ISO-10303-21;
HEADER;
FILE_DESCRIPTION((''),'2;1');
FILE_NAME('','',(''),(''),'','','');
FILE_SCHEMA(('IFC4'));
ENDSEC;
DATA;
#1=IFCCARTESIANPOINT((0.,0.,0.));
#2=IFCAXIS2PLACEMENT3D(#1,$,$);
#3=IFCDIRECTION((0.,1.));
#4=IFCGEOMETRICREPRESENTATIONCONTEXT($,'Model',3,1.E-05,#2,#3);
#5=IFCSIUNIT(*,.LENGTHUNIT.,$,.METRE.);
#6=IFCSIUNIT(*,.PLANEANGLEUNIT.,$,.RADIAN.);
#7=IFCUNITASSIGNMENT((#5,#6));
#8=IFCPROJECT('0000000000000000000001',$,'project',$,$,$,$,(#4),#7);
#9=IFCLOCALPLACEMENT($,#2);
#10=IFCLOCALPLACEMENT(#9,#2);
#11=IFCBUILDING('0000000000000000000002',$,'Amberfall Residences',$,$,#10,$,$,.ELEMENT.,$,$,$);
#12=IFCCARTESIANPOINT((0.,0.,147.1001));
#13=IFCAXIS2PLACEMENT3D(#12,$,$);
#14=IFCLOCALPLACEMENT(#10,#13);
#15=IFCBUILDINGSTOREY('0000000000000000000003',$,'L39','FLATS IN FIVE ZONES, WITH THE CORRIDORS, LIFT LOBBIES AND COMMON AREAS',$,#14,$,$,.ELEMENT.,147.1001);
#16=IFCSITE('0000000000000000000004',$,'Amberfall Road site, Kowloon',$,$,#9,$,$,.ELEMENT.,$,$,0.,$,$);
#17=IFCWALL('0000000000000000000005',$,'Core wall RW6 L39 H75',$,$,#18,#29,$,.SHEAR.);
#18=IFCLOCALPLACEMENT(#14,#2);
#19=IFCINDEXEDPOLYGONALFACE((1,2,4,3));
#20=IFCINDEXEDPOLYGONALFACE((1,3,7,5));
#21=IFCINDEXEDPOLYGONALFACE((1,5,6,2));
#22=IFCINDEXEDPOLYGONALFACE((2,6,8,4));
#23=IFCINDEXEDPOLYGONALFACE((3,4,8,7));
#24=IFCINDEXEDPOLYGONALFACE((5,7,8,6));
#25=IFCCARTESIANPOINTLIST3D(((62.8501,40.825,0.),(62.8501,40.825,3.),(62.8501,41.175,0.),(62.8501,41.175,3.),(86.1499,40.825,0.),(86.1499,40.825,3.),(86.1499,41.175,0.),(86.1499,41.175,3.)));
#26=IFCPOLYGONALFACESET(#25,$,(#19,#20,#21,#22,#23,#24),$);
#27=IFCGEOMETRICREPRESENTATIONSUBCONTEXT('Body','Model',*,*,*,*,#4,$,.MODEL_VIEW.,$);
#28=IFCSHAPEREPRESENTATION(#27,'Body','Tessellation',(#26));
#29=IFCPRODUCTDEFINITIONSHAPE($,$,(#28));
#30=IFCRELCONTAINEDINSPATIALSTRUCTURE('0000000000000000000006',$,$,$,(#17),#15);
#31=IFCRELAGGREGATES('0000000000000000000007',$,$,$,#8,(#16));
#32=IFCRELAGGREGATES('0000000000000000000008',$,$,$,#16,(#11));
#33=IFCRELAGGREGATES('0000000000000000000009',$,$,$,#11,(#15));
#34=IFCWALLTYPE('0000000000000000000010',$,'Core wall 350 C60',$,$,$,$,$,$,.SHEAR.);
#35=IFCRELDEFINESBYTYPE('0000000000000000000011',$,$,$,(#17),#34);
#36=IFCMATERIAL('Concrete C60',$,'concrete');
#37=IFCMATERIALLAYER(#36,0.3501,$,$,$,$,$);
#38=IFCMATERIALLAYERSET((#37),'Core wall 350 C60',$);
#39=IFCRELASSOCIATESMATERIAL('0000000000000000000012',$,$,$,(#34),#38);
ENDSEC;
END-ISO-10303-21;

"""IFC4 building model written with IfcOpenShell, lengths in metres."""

from ifc_helpers import new_model, si_unit, direction, frame, frame_2d, origin, place, context, subcontext, project, spatial, rectangle, extrude, material, layer, layer_set, type_object, element, save


model = new_model("IFC4")

# Units and contexts
model_context = context("Model", 3, precision=1e-05, world=origin(), true_north=direction((0.0, 1.0)))
body_context = subcontext(model_context, "Body", "Model", "MODEL_VIEW")
ifc_project = project(units=[si_unit("LENGTHUNIT", "METRE"), si_unit("PLANEANGLEUNIT", "RADIAN")], contexts=[model_context])

# Site, building, storey
site_placement = place(None, origin())
site = spatial("IfcSite", under=ifc_project, at=site_placement, Name="Amberfall Road site, Kowloon", CompositionType="ELEMENT", RefElevation=0.0)
building_placement = place(site_placement, origin())
building = spatial("IfcBuilding", under=site, at=building_placement, Name="Amberfall Residences", CompositionType="ELEMENT")
storey_placement = place(building_placement, frame((0.0, 0.0, 147.1001)))
storey = spatial("IfcBuildingStorey", under=building, at=storey_placement, Name="L39", Description="FLATS IN FIVE ZONES, WITH THE CORRIDORS, LIFT LOBBIES AND COMMON AREAS", CompositionType="ELEMENT", Elevation=147.1001)

# Wall
ifc_material_1 = material(Name="Concrete C60", Category="concrete")
ifc_layer = layer(ifc_material_1, 0.3501)
ifc_layer_set = layer_set([ifc_layer], Name="Core wall 350 C60")
wall_type = type_object("IfcWallType", Name="Core wall 350 C60", PredefinedType="SHEAR", material=ifc_layer_set)
wall_1_placement = place(storey_placement, frame((62.8501, 41.0, 0.0), z_axis=(0.0, 0.0, 1.0), x_axis=(1.0, 0.0, 0.0)))
element("IfcWall", 1, at=wall_1_placement, inside=storey, type_object=wall_type, Name="Core wall RW6 L39 H75", PredefinedType="SHEAR", context=body_context, shape_type="SweptSolid", body=[
    extrude(rectangle(XDim=23.2998, YDim=0.3501, at=frame_2d((11.6499, 0.0))), origin(), (0.0, 0.0, 1.0), 3.0),
])

save(model, "model.ifc")
